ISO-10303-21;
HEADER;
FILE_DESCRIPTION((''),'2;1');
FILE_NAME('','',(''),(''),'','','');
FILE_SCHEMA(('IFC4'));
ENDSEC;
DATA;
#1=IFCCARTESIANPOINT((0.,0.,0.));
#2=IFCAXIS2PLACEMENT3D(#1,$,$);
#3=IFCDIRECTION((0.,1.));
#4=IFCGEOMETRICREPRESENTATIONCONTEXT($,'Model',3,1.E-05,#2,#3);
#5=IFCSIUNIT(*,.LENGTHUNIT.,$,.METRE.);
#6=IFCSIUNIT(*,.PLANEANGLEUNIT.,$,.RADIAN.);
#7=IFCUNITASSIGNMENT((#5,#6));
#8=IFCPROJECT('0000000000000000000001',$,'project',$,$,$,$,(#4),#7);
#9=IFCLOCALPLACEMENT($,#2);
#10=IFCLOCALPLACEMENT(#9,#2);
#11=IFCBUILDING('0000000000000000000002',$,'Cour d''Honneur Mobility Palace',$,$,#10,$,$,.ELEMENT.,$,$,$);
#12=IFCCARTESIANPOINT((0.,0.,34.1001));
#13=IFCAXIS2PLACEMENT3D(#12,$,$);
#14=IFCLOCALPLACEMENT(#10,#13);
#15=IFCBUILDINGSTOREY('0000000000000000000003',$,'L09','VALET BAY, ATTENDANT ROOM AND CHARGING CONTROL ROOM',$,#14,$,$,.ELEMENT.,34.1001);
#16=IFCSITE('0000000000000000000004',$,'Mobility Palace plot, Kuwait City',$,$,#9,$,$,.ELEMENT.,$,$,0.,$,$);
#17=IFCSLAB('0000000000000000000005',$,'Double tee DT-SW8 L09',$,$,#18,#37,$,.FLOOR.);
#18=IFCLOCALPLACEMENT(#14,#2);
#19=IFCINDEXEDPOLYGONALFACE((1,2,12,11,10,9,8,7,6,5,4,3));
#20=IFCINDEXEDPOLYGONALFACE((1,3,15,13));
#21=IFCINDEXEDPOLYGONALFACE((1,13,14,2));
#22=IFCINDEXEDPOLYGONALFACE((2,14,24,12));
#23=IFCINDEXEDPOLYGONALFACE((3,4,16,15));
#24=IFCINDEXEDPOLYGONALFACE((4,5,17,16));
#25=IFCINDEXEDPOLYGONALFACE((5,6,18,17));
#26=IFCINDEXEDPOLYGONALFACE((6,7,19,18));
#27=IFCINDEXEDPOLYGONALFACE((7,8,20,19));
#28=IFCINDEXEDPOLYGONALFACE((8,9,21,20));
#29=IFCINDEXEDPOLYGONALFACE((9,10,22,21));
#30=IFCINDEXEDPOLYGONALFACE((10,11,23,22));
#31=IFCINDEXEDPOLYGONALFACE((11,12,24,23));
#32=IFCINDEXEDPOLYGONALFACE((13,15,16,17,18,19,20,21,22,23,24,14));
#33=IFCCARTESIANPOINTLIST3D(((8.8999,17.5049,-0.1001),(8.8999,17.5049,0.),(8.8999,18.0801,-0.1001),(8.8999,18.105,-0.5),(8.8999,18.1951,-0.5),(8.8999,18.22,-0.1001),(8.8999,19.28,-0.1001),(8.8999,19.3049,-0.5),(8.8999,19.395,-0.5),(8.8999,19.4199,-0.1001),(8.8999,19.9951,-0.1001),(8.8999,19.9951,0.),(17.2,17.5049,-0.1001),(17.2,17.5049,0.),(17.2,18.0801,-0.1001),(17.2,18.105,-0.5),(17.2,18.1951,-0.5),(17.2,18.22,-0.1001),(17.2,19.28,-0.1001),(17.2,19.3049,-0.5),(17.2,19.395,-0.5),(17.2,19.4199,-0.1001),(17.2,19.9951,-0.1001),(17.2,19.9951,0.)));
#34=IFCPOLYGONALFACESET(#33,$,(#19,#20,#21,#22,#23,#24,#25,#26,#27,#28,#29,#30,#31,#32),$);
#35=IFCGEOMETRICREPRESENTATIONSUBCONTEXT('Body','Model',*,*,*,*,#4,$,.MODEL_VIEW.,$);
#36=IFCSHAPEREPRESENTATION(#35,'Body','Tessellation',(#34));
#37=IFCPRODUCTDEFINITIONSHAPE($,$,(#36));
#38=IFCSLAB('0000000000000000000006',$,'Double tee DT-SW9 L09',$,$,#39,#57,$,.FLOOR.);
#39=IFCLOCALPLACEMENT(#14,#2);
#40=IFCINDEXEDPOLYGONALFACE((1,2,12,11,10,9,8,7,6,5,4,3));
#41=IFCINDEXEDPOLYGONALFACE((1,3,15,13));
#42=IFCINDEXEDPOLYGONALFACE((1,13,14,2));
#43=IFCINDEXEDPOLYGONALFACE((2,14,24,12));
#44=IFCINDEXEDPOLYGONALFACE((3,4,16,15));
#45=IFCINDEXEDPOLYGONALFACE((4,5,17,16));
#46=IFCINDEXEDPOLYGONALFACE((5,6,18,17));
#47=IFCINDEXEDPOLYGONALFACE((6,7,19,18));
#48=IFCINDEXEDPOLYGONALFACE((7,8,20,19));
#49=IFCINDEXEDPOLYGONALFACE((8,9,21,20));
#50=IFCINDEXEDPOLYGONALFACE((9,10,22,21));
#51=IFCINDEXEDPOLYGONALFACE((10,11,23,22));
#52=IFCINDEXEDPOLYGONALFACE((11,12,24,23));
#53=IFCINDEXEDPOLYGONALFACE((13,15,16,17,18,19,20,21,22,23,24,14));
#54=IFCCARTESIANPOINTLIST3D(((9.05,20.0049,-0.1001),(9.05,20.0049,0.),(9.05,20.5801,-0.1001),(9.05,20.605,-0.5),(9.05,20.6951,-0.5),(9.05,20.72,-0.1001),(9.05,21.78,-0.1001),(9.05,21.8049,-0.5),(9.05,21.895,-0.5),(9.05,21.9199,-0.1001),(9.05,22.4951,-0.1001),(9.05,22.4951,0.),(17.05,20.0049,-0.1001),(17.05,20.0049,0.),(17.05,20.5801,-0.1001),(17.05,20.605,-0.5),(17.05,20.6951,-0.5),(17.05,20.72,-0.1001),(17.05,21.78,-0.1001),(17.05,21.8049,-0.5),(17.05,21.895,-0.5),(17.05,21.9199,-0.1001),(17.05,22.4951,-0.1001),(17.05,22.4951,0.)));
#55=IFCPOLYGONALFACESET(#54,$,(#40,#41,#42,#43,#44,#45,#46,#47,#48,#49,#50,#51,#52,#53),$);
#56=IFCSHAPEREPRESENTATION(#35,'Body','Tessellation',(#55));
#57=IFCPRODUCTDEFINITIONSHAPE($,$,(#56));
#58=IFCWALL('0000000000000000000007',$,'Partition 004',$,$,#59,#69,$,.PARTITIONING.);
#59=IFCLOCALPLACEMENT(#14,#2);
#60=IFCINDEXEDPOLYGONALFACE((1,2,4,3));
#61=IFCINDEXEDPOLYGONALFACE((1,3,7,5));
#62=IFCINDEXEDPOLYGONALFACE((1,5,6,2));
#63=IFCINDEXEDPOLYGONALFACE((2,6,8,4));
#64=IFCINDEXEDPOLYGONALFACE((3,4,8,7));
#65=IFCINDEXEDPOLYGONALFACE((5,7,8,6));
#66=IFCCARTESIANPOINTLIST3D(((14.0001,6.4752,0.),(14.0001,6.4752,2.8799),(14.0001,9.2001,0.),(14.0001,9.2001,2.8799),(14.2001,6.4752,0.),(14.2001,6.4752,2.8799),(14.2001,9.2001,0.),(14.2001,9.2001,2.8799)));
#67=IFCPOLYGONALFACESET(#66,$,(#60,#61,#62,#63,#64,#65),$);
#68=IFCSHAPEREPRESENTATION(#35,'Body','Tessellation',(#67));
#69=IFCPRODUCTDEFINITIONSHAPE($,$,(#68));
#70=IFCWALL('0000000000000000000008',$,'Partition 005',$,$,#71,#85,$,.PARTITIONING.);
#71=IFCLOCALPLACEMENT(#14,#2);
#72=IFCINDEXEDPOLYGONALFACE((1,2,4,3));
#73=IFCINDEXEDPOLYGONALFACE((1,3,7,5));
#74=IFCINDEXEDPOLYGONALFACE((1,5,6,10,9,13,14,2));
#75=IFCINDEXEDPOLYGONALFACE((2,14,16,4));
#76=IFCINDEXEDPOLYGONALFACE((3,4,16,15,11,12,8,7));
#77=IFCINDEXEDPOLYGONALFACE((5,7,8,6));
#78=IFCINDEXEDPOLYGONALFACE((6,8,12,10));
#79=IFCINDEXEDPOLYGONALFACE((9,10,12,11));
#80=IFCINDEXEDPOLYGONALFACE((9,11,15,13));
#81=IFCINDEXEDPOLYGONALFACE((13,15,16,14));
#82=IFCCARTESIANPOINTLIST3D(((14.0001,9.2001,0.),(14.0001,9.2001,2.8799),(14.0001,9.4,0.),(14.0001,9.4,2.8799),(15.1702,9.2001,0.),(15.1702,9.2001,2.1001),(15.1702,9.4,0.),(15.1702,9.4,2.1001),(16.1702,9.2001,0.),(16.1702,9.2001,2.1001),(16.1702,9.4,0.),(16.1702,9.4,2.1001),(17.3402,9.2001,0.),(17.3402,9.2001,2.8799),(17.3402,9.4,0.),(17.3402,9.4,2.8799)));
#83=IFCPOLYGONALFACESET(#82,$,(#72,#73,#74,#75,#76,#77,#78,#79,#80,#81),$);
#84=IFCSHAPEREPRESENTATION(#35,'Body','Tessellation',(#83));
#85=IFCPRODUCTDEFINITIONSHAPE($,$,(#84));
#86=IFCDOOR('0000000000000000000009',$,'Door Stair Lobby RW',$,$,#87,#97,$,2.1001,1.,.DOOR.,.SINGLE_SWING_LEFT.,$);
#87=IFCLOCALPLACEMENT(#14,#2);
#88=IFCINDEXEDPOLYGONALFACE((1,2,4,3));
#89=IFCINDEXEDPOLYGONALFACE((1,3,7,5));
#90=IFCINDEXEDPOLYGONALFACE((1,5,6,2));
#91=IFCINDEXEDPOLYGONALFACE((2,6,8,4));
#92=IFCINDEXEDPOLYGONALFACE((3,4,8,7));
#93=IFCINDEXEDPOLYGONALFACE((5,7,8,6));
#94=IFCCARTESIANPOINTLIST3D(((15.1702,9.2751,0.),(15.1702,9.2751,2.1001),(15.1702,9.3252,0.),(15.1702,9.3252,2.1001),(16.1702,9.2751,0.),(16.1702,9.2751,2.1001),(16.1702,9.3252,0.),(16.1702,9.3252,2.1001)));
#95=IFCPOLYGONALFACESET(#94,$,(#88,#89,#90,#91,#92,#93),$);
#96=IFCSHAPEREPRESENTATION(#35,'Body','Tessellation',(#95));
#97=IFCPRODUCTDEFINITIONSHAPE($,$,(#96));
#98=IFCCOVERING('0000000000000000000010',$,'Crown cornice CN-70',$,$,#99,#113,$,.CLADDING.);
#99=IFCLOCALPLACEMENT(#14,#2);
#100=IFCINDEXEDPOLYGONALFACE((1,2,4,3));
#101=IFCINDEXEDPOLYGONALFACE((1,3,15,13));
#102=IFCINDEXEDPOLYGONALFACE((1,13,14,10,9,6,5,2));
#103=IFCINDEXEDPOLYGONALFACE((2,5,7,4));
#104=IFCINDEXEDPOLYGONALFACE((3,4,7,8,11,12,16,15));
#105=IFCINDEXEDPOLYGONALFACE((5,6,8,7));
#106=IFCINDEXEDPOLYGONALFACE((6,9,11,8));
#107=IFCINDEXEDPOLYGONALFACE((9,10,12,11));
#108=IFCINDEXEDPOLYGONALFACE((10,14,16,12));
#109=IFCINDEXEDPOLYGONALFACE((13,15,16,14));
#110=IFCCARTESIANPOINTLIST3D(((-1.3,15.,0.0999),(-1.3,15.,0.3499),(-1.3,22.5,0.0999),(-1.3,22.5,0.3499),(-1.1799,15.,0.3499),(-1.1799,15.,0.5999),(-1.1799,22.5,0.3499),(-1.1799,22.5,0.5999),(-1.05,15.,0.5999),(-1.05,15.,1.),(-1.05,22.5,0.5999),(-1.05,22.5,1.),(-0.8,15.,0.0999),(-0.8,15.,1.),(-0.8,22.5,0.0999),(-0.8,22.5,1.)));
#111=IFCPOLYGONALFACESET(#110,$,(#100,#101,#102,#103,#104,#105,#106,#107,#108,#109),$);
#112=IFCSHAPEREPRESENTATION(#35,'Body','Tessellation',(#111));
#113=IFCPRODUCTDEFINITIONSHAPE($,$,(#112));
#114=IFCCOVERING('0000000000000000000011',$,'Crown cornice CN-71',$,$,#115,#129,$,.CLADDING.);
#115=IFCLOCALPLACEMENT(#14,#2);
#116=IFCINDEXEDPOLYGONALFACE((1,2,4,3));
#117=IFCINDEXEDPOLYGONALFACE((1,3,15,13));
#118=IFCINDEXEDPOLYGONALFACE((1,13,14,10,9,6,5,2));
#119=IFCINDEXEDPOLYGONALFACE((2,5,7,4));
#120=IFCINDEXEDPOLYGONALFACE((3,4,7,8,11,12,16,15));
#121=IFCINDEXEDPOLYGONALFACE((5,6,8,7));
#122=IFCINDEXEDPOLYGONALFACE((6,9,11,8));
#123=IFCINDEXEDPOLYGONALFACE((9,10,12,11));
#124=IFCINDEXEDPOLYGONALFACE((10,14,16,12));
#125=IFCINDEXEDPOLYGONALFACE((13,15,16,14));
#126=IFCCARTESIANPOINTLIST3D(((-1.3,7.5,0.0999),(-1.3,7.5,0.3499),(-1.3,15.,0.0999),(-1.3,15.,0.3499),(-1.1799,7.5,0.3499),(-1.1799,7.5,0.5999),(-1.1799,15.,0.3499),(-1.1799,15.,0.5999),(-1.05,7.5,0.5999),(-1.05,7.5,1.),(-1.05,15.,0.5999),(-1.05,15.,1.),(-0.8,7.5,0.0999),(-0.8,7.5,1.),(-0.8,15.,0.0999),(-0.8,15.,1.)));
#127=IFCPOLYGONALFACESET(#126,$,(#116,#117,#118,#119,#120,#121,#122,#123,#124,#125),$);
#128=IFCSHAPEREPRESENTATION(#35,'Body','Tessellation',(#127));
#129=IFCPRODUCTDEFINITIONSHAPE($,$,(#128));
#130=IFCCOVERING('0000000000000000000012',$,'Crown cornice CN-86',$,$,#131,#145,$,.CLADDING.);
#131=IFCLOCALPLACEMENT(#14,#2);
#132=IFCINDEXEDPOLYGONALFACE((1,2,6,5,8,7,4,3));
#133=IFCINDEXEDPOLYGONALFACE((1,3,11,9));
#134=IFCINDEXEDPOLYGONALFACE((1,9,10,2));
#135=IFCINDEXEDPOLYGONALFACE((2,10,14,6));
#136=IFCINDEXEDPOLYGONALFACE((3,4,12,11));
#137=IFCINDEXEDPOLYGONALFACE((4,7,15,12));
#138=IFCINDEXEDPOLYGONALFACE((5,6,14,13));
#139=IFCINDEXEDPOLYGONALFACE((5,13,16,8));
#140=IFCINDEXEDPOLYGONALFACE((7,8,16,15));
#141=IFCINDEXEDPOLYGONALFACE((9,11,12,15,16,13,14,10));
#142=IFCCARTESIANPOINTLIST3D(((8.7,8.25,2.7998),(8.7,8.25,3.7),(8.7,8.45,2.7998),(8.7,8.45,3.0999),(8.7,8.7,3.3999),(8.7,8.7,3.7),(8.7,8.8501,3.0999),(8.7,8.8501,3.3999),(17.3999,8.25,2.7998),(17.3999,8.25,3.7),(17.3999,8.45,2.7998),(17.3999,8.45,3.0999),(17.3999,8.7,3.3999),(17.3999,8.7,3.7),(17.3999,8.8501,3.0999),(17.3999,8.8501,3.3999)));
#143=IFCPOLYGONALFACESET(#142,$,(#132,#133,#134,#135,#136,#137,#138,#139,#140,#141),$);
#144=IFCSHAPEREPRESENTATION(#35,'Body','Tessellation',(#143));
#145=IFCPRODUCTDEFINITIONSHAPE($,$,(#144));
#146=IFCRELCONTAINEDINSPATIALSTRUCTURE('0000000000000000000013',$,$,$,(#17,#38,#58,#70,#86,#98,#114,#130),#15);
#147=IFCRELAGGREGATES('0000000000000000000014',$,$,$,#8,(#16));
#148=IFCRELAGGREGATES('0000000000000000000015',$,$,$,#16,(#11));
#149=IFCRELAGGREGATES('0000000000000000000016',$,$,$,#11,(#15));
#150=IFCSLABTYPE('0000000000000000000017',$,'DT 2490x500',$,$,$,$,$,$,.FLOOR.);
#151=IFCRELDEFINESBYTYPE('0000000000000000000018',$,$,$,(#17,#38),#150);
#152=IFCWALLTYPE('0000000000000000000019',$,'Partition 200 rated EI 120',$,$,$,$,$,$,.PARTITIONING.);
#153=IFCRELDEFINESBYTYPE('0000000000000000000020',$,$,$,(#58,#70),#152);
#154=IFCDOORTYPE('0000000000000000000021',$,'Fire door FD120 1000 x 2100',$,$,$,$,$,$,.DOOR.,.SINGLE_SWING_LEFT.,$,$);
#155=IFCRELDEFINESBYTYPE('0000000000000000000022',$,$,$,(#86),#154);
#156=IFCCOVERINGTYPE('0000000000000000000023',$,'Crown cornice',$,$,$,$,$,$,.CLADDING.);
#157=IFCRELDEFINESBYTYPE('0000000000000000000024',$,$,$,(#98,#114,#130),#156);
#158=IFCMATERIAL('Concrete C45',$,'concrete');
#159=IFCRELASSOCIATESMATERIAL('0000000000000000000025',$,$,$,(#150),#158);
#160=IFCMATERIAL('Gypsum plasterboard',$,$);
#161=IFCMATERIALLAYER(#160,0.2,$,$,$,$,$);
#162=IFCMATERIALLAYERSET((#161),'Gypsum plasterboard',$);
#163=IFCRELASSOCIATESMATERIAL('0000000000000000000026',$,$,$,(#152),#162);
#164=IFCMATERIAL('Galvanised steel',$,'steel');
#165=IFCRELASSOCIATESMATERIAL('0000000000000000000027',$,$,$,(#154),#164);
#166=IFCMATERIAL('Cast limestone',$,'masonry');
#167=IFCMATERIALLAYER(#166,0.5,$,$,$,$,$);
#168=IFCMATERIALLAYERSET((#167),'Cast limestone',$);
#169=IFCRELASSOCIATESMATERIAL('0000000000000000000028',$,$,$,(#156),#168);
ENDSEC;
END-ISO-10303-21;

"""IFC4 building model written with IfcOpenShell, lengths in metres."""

from ifc_helpers import new_model, si_unit, direction, frame, frame_2d, origin, place, context, subcontext, project, spatial, polyline, rectangle, outline, extrude, material, layer, layer_set, material_profile, profile_set, type_object, element, fill, save


model = new_model("IFC4")

# Units and contexts
model_context = context("Model", 3, precision=1e-05, world=origin(), true_north=direction((0.0, 1.0)))
body_context = subcontext(model_context, "Body", "Model", "MODEL_VIEW")
ifc_project = project(units=[si_unit("LENGTHUNIT", "METRE"), si_unit("PLANEANGLEUNIT", "RADIAN")], contexts=[model_context])

# Site, building, storey
site_placement = place(None, origin())
site = spatial("IfcSite", under=ifc_project, at=site_placement, Name="Mobility Palace plot, Kuwait City", CompositionType="ELEMENT", RefElevation=0.0)
building_placement = place(site_placement, origin())
building = spatial("IfcBuilding", under=site, at=building_placement, Name="Cour d'Honneur Mobility Palace", CompositionType="ELEMENT")
storey_placement = place(building_placement, frame((0.0, 0.0, 34.1001)))
storey = spatial("IfcBuildingStorey", under=building, at=storey_placement, Name="L09", Description="VALET BAY, ATTENDANT ROOM AND CHARGING CONTROL ROOM", CompositionType="ELEMENT", Elevation=34.1001)

# Slabs
ifc_material_1 = material(Name="Concrete C45", Category="concrete")
ifc_material_profile_1 = material_profile(ifc_material_1, outline(polyline([(-1.2451, 0.0), (1.2451, 0.0), (1.2451, -0.1001), (0.6699, -0.1001), (0.645, -0.5), (0.5549, -0.5), (0.53, -0.1001), (-0.53, -0.1001), (-0.5549, -0.5), (-0.645, -0.5), (-0.6699, -0.1001), (-1.2451, -0.1001), (-1.2451, 0.0)])), Name="DT 2490x500")
ifc_profile_set_1 = profile_set([ifc_material_profile_1], Name="Concrete C45")
slab_type = type_object("IfcSlabType", Name="DT 2490x500", PredefinedType="FLOOR", material=ifc_profile_set_1)
slab_1_placement = place(storey_placement, frame((8.8999, 18.75, 0.0), z_axis=(1.0, 0.0, 0.0), x_axis=(0.0, 1.0, 0.0)))
element("IfcSlab", 1, at=slab_1_placement, inside=storey, type_object=slab_type, Name="Double tee DT-SW8 L09", PredefinedType="FLOOR", context=body_context, shape_type="SweptSolid", body=[
    extrude(outline(polyline([(-1.2451, 0.0), (1.2451, 0.0), (1.2451, -0.1001), (0.6699, -0.1001), (0.645, -0.5), (0.5549, -0.5), (0.53, -0.1001), (-0.53, -0.1001), (-0.5549, -0.5), (-0.645, -0.5), (-0.6699, -0.1001), (-1.2451, -0.1001), (-1.2451, 0.0)])), origin(), (0.0, 0.0, 1.0), 8.3),
])
slab_2_placement = place(storey_placement, frame((9.05, 21.25, 0.0), z_axis=(1.0, 0.0, 0.0), x_axis=(0.0, 1.0, 0.0)))
element("IfcSlab", 2, at=slab_2_placement, inside=storey, type_object=slab_type, Name="Double tee DT-SW9 L09", PredefinedType="FLOOR", context=body_context, shape_type="SweptSolid", body=[
    extrude(outline(polyline([(-1.2451, 0.0), (1.2451, 0.0), (1.2451, -0.1001), (0.6699, -0.1001), (0.645, -0.5), (0.5549, -0.5), (0.53, -0.1001), (-0.53, -0.1001), (-0.5549, -0.5), (-0.645, -0.5), (-0.6699, -0.1001), (-1.2451, -0.1001), (-1.2451, 0.0)])), origin(), (0.0, 0.0, 1.0), 8.0),
])

# Wall
ifc_material_2 = material(Name="Gypsum plasterboard")
ifc_layer_1 = layer(ifc_material_2, 0.2)
ifc_layer_set_1 = layer_set([ifc_layer_1], Name="Gypsum plasterboard")
wall_type = type_object("IfcWallType", Name="Partition 200 rated EI 120", PredefinedType="PARTITIONING", material=ifc_layer_set_1)
wall_1_placement = place(storey_placement, frame((14.1001, 9.2, 0.0), z_axis=(0.0, 0.0, 1.0), x_axis=(0.0, -1.0, 0.0)))
element("IfcWall", 3, at=wall_1_placement, inside=storey, type_object=wall_type, Name="Partition 004", PredefinedType="PARTITIONING", context=body_context, shape_type="SweptSolid", body=[
    extrude(rectangle(XDim=2.7249, YDim=0.2, at=frame_2d((1.3623, 0.0))), origin(), (0.0, 0.0, 1.0), 2.8799),
])

# Wall, opening, door
wall_2_placement = place(storey_placement, frame((17.3401, 9.3, 0.0), z_axis=(0.0, 0.0, 1.0), x_axis=(-1.0, 0.0, 0.0)))
wall_2 = element("IfcWall", 4, at=wall_2_placement, inside=storey, type_object=wall_type, Name="Partition 005", PredefinedType="PARTITIONING", context=body_context, shape_type="SweptSolid", body=[
    extrude(rectangle(XDim=3.3401, YDim=0.2, at=frame_2d((1.6699, 0.0))), origin(), (0.0, 0.0, 1.0), 2.8799),
])
opening_placement = place(wall_2_placement, frame((1.1699, 0.0, 0.0)))
opening = element("IfcOpeningElement", 5, at=opening_placement, cuts=wall_2, PredefinedType="OPENING", context=body_context, shape_type="SweptSolid", body=[
    extrude(rectangle(XDim=1.0, YDim=2.1001, at=frame_2d((0.5, 1.05))), frame((0.0, 0.1099, 0.0), z_axis=(0.0, -1.0, 0.0), x_axis=(1.0, 0.0, 0.0)), (0.0, 0.0, 1.0), 0.22),
])
ifc_material_3 = material(Name="Galvanised steel", Category="steel")
door_type = type_object("IfcDoorType", Name="Fire door FD120 1000 x 2100", OperationType="SINGLE_SWING_LEFT", PredefinedType="DOOR", material=ifc_material_3)
door_placement = place(opening_placement, origin())
door = element("IfcDoor", 6, at=door_placement, inside=storey, type_object=door_type, Name="Door Stair Lobby RW", OperationType="SINGLE_SWING_LEFT", OverallHeight=2.1001, OverallWidth=1.0, PredefinedType="DOOR", context=body_context, shape_type="SweptSolid", body=[
    extrude(rectangle(XDim=1.0, YDim=2.1001, at=frame_2d((0.5, 1.05))), frame((0.0, 0.0249, 0.0), z_axis=(0.0, -1.0, 0.0), x_axis=(1.0, 0.0, 0.0)), (0.0, 0.0, 1.0), 0.05),
])
fill(opening, door)

# Coverings
ifc_material_4 = material(Name="Cast limestone", Category="masonry")
ifc_layer_2 = layer(ifc_material_4, 0.5)
ifc_layer_set_2 = layer_set([ifc_layer_2], Name="Cast limestone")
covering_type_1 = type_object("IfcCoveringType", Name="Crown cornice", PredefinedType="CLADDING", material=ifc_layer_set_2)
for number, where, z_axis, x_axis, name in (
    (7, (-0.8, 22.5, 0.0999), (0.0, 1.0, 0.0), (-1.0, 0.0, 0.0), "Crown cornice CN-70"),
    (8, (-0.8, 15.0, 0.0999), (0.0, 1.0, 0.0), (-1.0, 0.0, 0.0), "Crown cornice CN-71"),
):
    element("IfcCovering", number, at=place(storey_placement, frame(where, z_axis=z_axis, x_axis=x_axis)), inside=storey, type_object=covering_type_1, Name=name, PredefinedType="CLADDING", context=body_context, shape_type="SweptSolid", body=[
        extrude(outline(polyline([(0.0, 0.0), (0.5, 0.0), (0.5, 0.25), (0.3799, 0.25), (0.3799, 0.5), (0.25, 0.5), (0.25, 0.9001), (0.0, 0.9001), (0.0, 0.0)])), origin(), (0.0, 0.0, -1.0), 7.5),
    ])
covering_1_placement = place(storey_placement, frame((17.3999, 8.25, 2.7998), z_axis=(1.0, 0.0, 0.0), x_axis=(0.0, 1.0, 0.0)))
element("IfcCovering", 9, at=covering_1_placement, inside=storey, type_object=covering_type_1, Name="Crown cornice CN-86", PredefinedType="CLADDING", context=body_context, shape_type="SweptSolid", body=[
    extrude(outline(polyline([(0.0, 0.0), (0.2, 0.0), (0.2, 0.3), (0.6001, 0.3), (0.6001, 0.6001), (0.45, 0.6001), (0.45, 0.9001), (0.0, 0.9001), (0.0, 0.0)])), origin(), (0.0, 0.0, -1.0), 8.7),
])

save(model, "model.ifc")
